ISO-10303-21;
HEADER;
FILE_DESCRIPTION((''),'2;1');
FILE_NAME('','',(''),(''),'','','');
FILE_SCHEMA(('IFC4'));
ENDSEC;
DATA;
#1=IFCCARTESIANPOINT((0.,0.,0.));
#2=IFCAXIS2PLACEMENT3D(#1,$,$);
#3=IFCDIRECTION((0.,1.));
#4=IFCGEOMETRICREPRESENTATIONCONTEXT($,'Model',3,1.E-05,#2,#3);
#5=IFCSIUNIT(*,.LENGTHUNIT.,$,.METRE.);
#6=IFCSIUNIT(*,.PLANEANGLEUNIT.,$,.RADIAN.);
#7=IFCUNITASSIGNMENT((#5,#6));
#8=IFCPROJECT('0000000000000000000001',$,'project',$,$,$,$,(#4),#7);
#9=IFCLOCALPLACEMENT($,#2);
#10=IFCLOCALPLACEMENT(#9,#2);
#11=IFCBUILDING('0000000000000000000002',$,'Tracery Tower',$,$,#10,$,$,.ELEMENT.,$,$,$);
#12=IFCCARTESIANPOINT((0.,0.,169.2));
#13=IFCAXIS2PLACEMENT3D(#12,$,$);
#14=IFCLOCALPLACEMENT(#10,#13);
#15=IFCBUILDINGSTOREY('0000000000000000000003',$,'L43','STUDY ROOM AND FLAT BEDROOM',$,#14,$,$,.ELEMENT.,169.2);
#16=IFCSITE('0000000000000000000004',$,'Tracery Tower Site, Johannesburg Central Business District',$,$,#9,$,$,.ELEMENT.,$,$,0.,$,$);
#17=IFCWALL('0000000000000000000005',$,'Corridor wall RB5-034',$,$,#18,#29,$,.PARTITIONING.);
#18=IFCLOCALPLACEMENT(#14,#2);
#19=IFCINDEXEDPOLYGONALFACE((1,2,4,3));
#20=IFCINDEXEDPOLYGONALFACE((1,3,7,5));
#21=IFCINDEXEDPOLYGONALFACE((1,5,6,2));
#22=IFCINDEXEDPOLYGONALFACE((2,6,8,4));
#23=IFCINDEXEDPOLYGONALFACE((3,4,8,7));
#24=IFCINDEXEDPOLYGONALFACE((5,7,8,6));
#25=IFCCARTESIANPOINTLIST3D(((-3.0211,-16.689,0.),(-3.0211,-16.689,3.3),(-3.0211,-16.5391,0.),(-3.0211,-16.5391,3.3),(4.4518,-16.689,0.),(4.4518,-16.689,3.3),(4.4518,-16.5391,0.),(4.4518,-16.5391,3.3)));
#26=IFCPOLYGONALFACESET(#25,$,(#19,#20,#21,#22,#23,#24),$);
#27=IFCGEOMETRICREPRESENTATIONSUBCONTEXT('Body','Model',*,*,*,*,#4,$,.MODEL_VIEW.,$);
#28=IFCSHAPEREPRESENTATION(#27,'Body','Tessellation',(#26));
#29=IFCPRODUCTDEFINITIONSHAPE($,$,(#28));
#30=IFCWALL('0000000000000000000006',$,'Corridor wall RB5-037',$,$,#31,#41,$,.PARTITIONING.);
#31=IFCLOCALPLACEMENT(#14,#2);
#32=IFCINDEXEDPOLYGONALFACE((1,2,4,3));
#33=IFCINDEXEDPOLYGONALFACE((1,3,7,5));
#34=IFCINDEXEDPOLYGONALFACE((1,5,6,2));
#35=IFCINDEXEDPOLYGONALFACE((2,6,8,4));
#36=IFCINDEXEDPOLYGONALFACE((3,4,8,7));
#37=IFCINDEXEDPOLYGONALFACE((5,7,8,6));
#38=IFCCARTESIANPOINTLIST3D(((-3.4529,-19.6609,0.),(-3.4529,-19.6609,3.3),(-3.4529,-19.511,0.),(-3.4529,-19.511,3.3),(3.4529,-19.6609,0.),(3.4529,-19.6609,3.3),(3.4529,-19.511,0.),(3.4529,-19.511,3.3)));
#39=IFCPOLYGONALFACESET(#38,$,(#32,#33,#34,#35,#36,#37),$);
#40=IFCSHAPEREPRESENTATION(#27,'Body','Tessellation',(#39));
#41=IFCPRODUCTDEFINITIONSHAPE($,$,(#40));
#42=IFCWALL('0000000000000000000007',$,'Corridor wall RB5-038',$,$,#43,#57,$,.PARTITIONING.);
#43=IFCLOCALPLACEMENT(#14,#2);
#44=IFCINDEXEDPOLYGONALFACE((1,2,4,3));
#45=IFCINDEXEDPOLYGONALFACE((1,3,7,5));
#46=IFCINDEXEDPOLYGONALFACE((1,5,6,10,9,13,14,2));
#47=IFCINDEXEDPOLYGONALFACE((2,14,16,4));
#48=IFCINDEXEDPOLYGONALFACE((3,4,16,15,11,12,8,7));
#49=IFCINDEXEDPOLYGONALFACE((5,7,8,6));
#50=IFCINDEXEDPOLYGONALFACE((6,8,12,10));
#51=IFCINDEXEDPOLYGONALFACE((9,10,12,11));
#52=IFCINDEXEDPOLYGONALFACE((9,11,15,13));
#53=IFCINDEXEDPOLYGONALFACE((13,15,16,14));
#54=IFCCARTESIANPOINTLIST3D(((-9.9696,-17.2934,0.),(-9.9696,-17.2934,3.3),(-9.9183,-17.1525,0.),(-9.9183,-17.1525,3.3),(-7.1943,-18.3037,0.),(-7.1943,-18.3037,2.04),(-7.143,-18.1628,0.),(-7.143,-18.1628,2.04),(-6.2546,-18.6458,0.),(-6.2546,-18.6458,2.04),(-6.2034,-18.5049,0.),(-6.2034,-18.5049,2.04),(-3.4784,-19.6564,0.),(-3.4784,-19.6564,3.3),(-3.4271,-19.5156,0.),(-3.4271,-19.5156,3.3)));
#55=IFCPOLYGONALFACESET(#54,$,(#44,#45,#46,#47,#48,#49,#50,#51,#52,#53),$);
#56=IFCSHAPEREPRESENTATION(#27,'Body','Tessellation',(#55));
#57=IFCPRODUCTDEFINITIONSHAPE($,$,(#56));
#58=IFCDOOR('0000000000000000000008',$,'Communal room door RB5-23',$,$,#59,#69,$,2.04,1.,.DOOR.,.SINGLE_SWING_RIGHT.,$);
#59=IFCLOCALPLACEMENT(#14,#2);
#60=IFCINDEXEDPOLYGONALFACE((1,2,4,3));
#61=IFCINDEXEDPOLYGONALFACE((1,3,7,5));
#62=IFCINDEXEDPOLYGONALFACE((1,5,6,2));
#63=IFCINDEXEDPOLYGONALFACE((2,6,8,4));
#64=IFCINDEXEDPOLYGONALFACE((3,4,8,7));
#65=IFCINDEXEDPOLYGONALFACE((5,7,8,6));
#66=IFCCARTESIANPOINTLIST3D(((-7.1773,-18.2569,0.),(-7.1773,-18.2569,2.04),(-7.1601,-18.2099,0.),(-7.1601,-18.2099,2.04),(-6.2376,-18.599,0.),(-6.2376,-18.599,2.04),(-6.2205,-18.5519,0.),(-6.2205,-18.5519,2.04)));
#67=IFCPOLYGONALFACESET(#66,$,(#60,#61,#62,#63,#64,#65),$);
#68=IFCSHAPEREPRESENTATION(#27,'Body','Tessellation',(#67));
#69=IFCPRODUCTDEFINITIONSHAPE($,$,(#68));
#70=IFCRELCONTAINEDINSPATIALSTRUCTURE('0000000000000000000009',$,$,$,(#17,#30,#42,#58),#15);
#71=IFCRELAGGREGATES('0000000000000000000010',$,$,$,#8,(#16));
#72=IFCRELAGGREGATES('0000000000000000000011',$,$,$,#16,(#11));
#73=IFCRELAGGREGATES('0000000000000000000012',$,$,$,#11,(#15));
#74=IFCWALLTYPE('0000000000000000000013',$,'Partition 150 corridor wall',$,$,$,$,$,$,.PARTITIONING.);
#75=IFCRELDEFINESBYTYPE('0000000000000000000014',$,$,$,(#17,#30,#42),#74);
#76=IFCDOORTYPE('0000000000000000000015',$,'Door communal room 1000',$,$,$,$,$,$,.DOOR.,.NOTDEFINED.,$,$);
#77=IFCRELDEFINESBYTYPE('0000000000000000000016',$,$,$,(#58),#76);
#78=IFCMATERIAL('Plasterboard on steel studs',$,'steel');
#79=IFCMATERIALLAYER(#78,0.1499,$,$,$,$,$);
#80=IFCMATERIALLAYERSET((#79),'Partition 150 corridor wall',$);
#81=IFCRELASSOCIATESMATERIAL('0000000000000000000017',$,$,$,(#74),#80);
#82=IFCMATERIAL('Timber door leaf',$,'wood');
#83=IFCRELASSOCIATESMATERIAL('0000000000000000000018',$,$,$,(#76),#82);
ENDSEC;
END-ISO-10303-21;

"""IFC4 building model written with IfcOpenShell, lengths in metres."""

from ifc_helpers import new_model, si_unit, direction, frame, frame_2d, origin, place, context, subcontext, project, spatial, rectangle, extrude, material, layer, layer_set, type_object, element, fill, save


model = new_model("IFC4")

# Units and contexts
model_context = context("Model", 3, precision=1e-05, world=origin(), true_north=direction((0.0, 1.0)))
body_context = subcontext(model_context, "Body", "Model", "MODEL_VIEW")
ifc_project = project(units=[si_unit("LENGTHUNIT", "METRE"), si_unit("PLANEANGLEUNIT", "RADIAN")], contexts=[model_context])

# Site, building, storey
site_placement = place(None, origin())
site = spatial("IfcSite", under=ifc_project, at=site_placement, Name="Tracery Tower Site, Johannesburg Central Business District", CompositionType="ELEMENT", RefElevation=0.0)
building_placement = place(site_placement, origin())
building = spatial("IfcBuilding", under=site, at=building_placement, Name="Tracery Tower", CompositionType="ELEMENT")
storey_placement = place(building_placement, frame((0.0, 0.0, 169.2)))
storey = spatial("IfcBuildingStorey", under=building, at=storey_placement, Name="L43", Description="STUDY ROOM AND FLAT BEDROOM", CompositionType="ELEMENT", Elevation=169.2)

# Shared definitions
ifc_material_1 = material(Name="Plasterboard on steel studs", Category="steel")
ifc_layer_1 = layer(ifc_material_1, 0.1499)
ifc_layer_set_1 = layer_set([ifc_layer_1], Name="Partition 150 corridor wall")
wall_type_1 = type_object("IfcWallType", Name="Partition 150 corridor wall", PredefinedType="PARTITIONING", material=ifc_layer_set_1)

# Walls
wall_1_placement = place(storey_placement, frame((-3.021, -16.614, 0.0), z_axis=(0.0, 0.0, 1.0), x_axis=(1.0, 0.0, 0.0)))
element("IfcWall", 1, at=wall_1_placement, inside=storey, type_object=wall_type_1, Name="Corridor wall RB5-034", PredefinedType="PARTITIONING", context=body_context, shape_type="SweptSolid", body=[
    extrude(rectangle(XDim=7.4729, YDim=0.1499, at=frame_2d((3.7363, 0.0))), origin(), (0.0, 0.0, 1.0), 3.3),
])
wall_2_placement = place(storey_placement, frame((-3.4529, -19.5859, 0.0), z_axis=(0.0, 0.0, 1.0), x_axis=(1.0, 0.0, 0.0)))
element("IfcWall", 2, at=wall_2_placement, inside=storey, type_object=wall_type_1, Name="Corridor wall RB5-037", PredefinedType="PARTITIONING", context=body_context, shape_type="SweptSolid", body=[
    extrude(rectangle(XDim=6.9058, YDim=0.1499, at=frame_2d((3.4529, 0.0))), origin(), (0.0, 0.0, 1.0), 3.3),
])

# Wall, opening, door
wall_3_placement = place(storey_placement, frame((-9.9441, -17.2229, 0.0), z_axis=(0.0, 0.0, 1.0), x_axis=(0.939673, -0.342075, 0.0)))
wall_3 = element("IfcWall", 3, at=wall_3_placement, inside=storey, type_object=wall_type_1, Name="Corridor wall RB5-038", PredefinedType="PARTITIONING", context=body_context, shape_type="SweptSolid", body=[
    extrude(rectangle(XDim=6.908, YDim=0.1499, at=frame_2d((3.4541, 0.0))), origin(), (0.0, 0.0, 1.0), 3.3),
])
opening_1_placement = place(wall_3_placement, frame((2.9536, 0.0, 0.0)))
opening_1 = element("IfcOpeningElement", 4, at=opening_1_placement, cuts=wall_3, PredefinedType="OPENING", context=body_context, shape_type="SweptSolid", body=[
    extrude(rectangle(XDim=1.0, YDim=2.04, at=frame_2d((0.5, 1.02))), frame((0.0, 0.075, 0.0), z_axis=(0.0, -1.0, 0.0), x_axis=(1.0, 0.0, 0.0)), (0.0, 0.0, 1.0), 0.1499),
])
ifc_material_2 = material(Name="Timber door leaf", Category="wood")
door_type_1 = type_object("IfcDoorType", Name="Door communal room 1000", OperationType="NOTDEFINED", PredefinedType="DOOR", material=ifc_material_2)
door_1_placement = place(opening_1_placement, origin())
door_1 = element("IfcDoor", 5, at=door_1_placement, inside=storey, type_object=door_type_1, Name="Communal room door RB5-23", OperationType="SINGLE_SWING_RIGHT", OverallHeight=2.04, OverallWidth=1.0, PredefinedType="DOOR", context=body_context, shape_type="SweptSolid", body=[
    extrude(rectangle(XDim=1.0, YDim=2.04, at=frame_2d((0.5, 1.02))), frame((0.0, 0.0249, 0.0), z_axis=(0.0, -1.0, 0.0), x_axis=(1.0, 0.0, 0.0)), (0.0, 0.0, 1.0), 0.05),
])
fill(opening_1, door_1)

save(model, "model.ifc")
